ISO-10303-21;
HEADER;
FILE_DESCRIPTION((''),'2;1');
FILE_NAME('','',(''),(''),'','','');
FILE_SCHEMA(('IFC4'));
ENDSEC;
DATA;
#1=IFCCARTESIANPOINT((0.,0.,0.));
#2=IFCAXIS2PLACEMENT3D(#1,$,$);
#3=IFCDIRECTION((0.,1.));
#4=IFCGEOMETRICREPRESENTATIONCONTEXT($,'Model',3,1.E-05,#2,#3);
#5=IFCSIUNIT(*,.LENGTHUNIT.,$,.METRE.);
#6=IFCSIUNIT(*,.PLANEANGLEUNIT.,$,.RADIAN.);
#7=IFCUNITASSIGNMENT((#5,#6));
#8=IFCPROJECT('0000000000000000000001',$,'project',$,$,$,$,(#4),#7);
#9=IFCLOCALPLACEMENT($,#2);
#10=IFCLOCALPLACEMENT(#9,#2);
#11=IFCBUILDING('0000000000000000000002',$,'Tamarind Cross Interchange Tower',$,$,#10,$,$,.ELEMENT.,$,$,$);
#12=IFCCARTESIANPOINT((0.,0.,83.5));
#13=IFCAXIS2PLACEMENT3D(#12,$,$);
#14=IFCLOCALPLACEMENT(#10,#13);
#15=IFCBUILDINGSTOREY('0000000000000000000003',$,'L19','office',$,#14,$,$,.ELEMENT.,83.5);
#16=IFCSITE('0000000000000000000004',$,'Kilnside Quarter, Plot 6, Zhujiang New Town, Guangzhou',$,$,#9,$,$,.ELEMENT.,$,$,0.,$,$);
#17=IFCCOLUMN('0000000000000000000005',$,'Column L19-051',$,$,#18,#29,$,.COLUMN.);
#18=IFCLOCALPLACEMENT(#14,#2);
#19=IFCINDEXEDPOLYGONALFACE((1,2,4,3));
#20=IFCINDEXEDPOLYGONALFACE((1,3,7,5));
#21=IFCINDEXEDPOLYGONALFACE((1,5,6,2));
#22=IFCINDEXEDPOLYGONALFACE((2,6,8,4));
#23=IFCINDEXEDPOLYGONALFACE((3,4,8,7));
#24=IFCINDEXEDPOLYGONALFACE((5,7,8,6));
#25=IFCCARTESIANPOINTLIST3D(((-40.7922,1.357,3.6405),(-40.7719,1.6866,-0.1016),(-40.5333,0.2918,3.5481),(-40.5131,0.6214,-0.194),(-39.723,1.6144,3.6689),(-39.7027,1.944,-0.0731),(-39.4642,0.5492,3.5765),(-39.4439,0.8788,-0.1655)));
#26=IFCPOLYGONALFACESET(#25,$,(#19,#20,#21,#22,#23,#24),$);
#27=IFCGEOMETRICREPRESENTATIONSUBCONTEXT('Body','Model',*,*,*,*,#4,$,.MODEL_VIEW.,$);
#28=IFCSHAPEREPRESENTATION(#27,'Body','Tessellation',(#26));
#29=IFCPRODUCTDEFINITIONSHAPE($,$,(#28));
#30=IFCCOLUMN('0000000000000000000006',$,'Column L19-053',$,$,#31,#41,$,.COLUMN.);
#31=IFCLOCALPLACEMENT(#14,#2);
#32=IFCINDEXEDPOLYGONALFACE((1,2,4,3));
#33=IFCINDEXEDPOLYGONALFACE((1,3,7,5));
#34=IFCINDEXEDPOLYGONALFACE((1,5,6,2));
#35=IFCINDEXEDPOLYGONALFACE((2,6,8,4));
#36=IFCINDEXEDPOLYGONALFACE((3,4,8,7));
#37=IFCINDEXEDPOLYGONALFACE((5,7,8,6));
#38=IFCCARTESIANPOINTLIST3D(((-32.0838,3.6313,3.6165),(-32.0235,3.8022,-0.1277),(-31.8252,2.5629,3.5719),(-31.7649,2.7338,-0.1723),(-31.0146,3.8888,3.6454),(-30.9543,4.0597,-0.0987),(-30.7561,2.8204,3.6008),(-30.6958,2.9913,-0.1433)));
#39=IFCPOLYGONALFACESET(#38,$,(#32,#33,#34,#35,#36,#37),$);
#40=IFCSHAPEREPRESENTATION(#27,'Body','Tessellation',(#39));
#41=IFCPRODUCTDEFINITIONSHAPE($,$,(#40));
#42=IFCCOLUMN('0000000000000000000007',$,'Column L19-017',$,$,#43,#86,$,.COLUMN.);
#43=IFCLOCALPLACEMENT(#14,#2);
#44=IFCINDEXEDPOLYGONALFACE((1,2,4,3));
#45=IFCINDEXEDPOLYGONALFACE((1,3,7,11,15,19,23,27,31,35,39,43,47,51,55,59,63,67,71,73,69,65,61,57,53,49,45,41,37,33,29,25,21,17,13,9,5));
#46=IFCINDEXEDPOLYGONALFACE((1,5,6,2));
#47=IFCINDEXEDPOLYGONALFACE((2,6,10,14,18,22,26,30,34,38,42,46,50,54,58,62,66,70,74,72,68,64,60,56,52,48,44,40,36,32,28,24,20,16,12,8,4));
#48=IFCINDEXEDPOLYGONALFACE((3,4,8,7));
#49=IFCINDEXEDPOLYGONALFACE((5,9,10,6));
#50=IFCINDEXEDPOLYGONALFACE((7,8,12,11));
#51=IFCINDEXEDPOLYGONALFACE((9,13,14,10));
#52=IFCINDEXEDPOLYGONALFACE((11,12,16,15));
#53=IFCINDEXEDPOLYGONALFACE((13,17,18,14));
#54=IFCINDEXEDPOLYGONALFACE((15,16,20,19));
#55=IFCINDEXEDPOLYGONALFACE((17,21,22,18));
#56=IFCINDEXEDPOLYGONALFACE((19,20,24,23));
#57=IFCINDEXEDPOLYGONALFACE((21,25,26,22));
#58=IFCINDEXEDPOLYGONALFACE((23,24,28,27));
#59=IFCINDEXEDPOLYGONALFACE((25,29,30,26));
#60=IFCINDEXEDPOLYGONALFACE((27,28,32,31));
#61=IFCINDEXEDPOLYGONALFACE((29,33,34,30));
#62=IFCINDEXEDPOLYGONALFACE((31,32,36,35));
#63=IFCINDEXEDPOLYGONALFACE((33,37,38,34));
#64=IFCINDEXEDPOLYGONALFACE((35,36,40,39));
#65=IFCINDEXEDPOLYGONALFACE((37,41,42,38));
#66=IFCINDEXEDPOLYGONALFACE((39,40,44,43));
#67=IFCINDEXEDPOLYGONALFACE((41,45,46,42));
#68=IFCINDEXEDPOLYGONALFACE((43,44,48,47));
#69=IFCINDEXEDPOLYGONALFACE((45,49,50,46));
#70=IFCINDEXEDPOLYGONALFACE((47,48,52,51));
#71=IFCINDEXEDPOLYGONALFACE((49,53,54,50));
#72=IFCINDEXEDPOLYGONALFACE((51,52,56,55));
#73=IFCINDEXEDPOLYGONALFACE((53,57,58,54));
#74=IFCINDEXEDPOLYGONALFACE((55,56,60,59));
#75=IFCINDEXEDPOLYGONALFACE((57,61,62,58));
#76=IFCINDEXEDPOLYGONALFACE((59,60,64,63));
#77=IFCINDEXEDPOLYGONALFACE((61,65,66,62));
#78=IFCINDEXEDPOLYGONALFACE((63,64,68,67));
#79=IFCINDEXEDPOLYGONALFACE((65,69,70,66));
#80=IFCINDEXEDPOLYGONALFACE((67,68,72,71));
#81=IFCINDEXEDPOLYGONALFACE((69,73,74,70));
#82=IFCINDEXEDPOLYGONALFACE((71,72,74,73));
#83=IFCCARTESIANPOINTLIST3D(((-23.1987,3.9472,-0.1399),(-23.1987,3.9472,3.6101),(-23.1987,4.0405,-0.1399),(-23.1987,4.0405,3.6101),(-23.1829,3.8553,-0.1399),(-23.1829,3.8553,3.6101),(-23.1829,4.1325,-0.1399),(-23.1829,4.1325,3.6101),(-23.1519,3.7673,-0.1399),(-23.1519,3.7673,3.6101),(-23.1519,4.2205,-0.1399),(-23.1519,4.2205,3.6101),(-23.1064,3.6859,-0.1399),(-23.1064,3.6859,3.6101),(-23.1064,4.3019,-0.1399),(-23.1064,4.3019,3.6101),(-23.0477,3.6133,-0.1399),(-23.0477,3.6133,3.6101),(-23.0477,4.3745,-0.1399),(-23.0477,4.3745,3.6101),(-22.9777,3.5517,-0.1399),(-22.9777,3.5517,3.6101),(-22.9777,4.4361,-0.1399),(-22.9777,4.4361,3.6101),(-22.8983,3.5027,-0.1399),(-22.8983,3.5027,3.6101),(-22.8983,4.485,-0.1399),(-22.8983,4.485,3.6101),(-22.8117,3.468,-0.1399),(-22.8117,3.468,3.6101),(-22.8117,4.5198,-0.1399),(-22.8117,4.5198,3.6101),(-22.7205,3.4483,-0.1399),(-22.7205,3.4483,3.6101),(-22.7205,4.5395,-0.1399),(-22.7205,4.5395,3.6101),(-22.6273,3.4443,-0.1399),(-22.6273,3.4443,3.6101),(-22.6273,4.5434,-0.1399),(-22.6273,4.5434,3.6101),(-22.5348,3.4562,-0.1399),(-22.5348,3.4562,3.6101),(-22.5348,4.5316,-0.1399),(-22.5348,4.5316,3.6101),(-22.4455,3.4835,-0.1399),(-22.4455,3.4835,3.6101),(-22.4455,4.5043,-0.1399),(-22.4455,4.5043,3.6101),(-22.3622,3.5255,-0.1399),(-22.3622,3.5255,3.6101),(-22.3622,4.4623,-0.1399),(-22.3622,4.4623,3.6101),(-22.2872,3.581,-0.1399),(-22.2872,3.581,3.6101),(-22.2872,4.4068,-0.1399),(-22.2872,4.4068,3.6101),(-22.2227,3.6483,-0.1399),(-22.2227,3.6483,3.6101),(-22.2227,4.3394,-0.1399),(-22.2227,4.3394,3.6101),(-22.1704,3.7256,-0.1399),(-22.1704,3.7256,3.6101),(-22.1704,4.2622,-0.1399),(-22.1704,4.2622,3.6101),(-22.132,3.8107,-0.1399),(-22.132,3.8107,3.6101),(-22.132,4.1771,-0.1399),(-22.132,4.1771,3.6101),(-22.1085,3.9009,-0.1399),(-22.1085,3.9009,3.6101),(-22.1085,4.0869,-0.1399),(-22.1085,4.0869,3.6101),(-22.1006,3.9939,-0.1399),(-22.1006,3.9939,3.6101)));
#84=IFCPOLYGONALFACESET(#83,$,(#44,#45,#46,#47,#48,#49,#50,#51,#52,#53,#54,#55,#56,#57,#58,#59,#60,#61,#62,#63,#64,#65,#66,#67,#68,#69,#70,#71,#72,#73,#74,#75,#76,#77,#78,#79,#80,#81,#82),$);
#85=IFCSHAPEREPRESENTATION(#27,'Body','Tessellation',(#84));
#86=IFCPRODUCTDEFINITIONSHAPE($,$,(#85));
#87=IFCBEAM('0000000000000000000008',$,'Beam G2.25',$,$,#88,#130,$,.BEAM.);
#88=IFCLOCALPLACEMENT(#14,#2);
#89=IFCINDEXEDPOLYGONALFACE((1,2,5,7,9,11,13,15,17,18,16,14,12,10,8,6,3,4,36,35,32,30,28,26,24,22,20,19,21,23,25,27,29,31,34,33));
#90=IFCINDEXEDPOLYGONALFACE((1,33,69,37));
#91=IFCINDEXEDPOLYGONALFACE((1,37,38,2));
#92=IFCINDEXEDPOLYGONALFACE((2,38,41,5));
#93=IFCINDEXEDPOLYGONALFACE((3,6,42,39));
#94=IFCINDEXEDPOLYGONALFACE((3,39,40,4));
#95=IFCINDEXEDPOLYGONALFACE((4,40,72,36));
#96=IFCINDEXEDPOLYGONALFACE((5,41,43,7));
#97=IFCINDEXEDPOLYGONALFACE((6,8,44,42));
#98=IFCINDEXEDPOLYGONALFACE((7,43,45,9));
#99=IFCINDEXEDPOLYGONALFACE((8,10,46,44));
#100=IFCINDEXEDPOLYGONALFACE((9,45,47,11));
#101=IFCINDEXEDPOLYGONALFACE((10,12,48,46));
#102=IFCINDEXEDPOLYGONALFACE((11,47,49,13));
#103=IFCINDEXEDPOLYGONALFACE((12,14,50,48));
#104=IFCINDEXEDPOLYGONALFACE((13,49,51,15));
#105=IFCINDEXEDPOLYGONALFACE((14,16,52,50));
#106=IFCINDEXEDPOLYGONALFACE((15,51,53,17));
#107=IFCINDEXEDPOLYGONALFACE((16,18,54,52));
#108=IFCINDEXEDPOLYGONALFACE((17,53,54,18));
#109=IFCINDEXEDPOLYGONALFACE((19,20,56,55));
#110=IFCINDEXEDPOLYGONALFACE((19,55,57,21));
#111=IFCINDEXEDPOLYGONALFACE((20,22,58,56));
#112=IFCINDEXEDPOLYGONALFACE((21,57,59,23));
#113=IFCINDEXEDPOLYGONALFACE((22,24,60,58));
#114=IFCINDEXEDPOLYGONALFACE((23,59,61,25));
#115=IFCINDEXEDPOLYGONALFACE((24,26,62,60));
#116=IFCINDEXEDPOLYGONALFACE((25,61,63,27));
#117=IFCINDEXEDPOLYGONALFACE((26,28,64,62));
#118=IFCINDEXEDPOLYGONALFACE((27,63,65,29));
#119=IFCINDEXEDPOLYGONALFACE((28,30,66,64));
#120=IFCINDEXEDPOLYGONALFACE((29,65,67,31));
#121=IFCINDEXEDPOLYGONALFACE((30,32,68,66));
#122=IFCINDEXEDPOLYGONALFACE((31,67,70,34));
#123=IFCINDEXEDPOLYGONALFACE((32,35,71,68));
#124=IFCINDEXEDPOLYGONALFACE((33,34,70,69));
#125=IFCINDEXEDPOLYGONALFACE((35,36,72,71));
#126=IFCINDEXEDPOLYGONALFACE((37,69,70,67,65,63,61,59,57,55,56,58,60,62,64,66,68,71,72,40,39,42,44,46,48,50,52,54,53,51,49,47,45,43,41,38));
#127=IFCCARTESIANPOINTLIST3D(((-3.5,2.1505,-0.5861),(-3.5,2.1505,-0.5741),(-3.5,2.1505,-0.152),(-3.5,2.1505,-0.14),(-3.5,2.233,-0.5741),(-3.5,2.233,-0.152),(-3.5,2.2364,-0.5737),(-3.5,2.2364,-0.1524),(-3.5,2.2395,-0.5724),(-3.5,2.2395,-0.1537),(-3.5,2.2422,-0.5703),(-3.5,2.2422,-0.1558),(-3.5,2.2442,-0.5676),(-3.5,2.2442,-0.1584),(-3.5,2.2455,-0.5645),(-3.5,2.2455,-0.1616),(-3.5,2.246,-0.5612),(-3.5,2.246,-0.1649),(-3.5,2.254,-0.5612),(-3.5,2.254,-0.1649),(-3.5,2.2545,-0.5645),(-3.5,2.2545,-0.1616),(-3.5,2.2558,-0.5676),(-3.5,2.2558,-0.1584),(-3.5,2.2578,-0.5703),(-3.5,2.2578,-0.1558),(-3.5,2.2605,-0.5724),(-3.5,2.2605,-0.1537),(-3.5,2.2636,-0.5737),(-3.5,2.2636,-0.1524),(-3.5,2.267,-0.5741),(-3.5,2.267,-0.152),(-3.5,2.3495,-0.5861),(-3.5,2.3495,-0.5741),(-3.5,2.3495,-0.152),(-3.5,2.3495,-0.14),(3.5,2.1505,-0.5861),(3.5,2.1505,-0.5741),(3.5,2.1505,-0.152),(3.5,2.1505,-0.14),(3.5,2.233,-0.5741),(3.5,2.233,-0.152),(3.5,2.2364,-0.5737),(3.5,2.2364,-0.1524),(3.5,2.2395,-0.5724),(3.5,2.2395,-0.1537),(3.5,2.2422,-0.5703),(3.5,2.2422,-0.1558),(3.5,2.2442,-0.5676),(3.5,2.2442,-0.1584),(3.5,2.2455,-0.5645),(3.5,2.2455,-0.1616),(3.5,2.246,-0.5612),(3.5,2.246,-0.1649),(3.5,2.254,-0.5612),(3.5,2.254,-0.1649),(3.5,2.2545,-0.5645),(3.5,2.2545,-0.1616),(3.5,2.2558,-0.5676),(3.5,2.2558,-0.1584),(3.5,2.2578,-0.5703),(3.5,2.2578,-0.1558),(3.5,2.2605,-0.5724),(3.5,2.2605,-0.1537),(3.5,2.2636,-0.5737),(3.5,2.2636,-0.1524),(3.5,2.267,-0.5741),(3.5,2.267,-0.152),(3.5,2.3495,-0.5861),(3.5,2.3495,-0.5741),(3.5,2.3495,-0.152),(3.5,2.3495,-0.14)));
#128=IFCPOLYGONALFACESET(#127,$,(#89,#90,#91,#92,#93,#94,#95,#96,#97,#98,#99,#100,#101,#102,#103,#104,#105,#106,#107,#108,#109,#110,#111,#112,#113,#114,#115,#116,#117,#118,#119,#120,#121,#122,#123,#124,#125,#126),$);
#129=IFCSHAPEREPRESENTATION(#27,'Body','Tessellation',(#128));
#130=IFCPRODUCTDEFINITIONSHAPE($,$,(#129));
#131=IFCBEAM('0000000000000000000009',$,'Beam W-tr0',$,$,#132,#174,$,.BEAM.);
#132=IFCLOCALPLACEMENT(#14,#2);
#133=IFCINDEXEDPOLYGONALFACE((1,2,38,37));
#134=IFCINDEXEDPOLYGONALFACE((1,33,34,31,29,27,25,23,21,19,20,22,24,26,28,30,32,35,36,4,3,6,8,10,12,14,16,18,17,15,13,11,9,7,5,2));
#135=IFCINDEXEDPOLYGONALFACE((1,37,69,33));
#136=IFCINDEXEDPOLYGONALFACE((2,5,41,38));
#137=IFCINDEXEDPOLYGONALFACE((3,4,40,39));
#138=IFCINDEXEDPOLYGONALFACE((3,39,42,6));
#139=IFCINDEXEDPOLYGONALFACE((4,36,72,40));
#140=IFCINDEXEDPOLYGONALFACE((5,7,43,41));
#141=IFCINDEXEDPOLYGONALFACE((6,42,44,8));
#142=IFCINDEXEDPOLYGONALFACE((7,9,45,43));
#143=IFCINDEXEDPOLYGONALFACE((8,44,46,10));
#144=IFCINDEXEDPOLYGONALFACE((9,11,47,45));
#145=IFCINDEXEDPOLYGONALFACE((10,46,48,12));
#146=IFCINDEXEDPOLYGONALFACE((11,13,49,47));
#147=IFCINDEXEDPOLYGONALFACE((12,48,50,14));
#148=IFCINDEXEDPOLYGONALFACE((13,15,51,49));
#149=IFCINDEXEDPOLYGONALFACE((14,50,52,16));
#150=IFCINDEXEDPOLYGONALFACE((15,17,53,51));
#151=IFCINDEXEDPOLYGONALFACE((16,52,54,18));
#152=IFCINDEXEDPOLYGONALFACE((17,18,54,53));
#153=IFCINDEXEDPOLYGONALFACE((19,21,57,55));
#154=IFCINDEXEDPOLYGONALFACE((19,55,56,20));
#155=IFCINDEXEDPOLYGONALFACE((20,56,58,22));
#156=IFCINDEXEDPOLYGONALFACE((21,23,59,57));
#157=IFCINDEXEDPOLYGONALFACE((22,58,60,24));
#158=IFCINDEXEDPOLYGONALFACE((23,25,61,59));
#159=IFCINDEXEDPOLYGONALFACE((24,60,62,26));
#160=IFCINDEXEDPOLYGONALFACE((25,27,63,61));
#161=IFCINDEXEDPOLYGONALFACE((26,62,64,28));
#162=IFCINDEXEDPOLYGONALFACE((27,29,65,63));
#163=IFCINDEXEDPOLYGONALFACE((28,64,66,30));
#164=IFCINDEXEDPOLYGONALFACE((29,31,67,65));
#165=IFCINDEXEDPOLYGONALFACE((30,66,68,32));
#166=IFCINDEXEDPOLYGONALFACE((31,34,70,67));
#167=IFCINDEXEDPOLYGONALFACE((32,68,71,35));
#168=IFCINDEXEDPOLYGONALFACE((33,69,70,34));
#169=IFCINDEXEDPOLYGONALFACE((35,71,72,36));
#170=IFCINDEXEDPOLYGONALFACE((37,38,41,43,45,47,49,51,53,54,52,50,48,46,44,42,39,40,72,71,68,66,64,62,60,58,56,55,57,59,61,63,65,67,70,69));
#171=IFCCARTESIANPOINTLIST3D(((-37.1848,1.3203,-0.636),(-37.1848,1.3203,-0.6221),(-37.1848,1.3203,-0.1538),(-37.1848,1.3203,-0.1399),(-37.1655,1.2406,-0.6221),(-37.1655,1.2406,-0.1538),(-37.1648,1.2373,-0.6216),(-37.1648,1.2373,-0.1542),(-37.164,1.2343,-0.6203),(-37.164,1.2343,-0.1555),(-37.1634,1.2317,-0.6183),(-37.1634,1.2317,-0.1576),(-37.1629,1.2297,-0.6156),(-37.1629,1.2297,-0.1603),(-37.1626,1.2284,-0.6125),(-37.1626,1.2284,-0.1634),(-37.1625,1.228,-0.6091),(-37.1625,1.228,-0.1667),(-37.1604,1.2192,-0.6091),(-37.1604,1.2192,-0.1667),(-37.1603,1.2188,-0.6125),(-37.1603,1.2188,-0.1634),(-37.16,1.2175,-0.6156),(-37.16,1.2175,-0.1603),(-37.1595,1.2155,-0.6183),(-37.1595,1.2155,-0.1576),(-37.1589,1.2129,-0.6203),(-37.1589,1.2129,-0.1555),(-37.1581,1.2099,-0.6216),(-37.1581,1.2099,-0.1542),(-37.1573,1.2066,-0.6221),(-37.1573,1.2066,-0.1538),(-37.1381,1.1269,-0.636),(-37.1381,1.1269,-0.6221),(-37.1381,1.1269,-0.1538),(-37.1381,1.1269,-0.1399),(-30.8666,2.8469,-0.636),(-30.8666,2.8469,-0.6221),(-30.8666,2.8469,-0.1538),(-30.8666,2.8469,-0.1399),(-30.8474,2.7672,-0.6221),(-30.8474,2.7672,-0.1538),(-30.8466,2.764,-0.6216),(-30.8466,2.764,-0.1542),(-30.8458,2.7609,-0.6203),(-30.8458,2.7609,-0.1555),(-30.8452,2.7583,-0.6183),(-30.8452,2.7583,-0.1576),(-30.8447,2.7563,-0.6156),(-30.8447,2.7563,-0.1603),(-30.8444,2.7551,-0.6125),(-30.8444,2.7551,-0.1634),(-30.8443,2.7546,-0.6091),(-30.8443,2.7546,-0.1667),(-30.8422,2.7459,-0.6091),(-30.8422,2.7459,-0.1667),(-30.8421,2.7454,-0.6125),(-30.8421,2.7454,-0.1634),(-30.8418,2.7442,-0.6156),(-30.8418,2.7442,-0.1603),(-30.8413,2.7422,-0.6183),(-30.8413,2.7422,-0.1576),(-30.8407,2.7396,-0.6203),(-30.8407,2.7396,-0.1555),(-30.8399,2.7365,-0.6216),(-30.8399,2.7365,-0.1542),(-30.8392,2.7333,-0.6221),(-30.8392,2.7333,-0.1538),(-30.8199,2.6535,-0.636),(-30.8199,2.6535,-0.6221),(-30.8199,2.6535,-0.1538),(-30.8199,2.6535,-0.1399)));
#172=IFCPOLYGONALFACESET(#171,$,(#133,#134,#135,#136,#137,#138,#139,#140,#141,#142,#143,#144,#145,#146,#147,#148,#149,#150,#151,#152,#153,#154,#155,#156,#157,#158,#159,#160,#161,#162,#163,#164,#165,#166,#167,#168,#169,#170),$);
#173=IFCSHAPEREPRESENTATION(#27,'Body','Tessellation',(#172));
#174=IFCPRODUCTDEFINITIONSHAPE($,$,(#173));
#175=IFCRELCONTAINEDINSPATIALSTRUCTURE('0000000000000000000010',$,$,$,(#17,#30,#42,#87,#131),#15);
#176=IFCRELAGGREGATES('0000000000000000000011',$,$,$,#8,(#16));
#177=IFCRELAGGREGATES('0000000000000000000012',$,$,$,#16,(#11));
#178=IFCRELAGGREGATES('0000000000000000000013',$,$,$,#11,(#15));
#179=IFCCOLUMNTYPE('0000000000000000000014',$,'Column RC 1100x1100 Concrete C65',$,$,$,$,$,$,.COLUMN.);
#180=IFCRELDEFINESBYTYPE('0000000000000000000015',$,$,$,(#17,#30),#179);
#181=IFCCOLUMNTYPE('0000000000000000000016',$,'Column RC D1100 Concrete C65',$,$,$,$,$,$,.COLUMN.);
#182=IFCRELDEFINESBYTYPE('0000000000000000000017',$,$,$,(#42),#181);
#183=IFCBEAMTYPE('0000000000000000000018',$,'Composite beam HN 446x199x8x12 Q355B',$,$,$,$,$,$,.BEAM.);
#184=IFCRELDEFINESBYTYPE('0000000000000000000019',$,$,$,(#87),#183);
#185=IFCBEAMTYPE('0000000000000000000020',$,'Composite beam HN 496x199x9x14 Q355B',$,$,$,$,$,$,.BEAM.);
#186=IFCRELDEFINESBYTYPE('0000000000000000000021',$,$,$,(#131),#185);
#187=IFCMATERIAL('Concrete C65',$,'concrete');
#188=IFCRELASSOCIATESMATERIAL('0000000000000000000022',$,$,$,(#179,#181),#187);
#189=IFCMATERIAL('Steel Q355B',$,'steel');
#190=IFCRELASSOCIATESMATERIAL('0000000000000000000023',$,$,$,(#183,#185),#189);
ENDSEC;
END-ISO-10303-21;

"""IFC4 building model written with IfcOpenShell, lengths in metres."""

from ifc_helpers import new_model, si_unit, direction, frame, origin, origin_2d, place, context, subcontext, project, spatial, rectangle, circle, i_section, extrude, material, material_profile, profile_set, type_object, element, save


model = new_model("IFC4")

# Units and contexts
model_context = context("Model", 3, precision=1e-05, world=origin(), true_north=direction((0.0, 1.0)))
body_context = subcontext(model_context, "Body", "Model", "MODEL_VIEW")
ifc_project = project(units=[si_unit("LENGTHUNIT", "METRE"), si_unit("PLANEANGLEUNIT", "RADIAN")], contexts=[model_context])

# Site, building, storey
site_placement = place(None, origin())
site = spatial("IfcSite", under=ifc_project, at=site_placement, Name="Kilnside Quarter, Plot 6, Zhujiang New Town, Guangzhou", CompositionType="ELEMENT", RefElevation=0.0)
building_placement = place(site_placement, origin())
building = spatial("IfcBuilding", under=site, at=building_placement, Name="Tamarind Cross Interchange Tower", CompositionType="ELEMENT")
storey_placement = place(building_placement, frame((0.0, 0.0, 83.5)))
storey = spatial("IfcBuildingStorey", under=building, at=storey_placement, Name="L19", Description="office", CompositionType="ELEMENT", Elevation=83.5)

# Columns
ifc_material_1 = material(Name="Concrete C65", Category="concrete")
ifc_material_profile_1 = material_profile(ifc_material_1, rectangle(XDim=1.1001, YDim=1.1001, at=origin_2d()), Name="RC 1100x1100")
ifc_profile_set_1 = profile_set([ifc_material_profile_1], Name="Concrete C65")
column_type_1 = type_object("IfcColumnType", Name="Column RC 1100x1100 Concrete C65", PredefinedType="COLUMN", material=ifc_profile_set_1)
column_1_placement = place(storey_placement, frame((-40.1079, 1.2827, -0.1335), z_axis=(-0.005394, -0.087739, 0.996129), x_axis=(0.971908, 0.233935, 0.025868)))
element("IfcColumn", 1, at=column_1_placement, inside=storey, type_object=column_type_1, Name="Column L19-051", PredefinedType="COLUMN", context=body_context, shape_type="SweptSolid", body=[
    extrude(rectangle(XDim=1.1001, YDim=1.1001, at=origin_2d()), origin(), (0.0, 0.0, 1.0), 3.7566),
])
column_2_placement = place(storey_placement, frame((-31.3596, 3.3967, -0.1355), z_axis=(-0.016087, -0.045591, 0.998831), x_axis=(0.971863, 0.234072, 0.026337)))
element("IfcColumn", 2, at=column_2_placement, inside=storey, type_object=column_type_1, Name="Column L19-053", PredefinedType="COLUMN", context=body_context, shape_type="SweptSolid", body=[
    extrude(rectangle(XDim=1.1001, YDim=1.1001, at=origin_2d()), origin(), (0.0, 0.0, 1.0), 3.7485),
])
ifc_material_profile_2 = material_profile(ifc_material_1, circle(Radius=0.55, at=origin_2d()), Name="RC D1100")
ifc_profile_set_2 = profile_set([ifc_material_profile_2], Name="Concrete C65")
column_type_2 = type_object("IfcColumnType", Name="Column RC D1100 Concrete C65", PredefinedType="COLUMN", material=ifc_profile_set_2)
column_3_placement = place(storey_placement, frame((-22.6506, 3.9939, -0.1399), z_axis=(0.0, 0.0, 1.0), x_axis=(1.0, 0.0, 0.0)))
element("IfcColumn", 3, at=column_3_placement, inside=storey, type_object=column_type_2, Name="Column L19-017", PredefinedType="COLUMN", context=body_context, shape_type="SweptSolid", body=[
    extrude(circle(Radius=0.55, at=origin_2d()), origin(), (0.0, 0.0, 1.0), 3.75),
])

# Beams
ifc_material_2 = material(Name="Steel Q355B", Category="steel")
ifc_material_profile_3 = material_profile(ifc_material_2, i_section(OverallWidth=0.199, OverallDepth=0.446, WebThickness=0.0081, FlangeThickness=0.012, FilletRadius=0.0129, at=origin_2d()), Name="HN 446x199x8x12")
ifc_profile_set_3 = profile_set([ifc_material_profile_3], Name="Steel Q355B")
beam_type_1 = type_object("IfcBeamType", Name="Composite beam HN 446x199x8x12 Q355B", PredefinedType="BEAM", material=ifc_profile_set_3)
beam_1_placement = place(storey_placement, frame((-3.5, 2.25, -0.363), z_axis=(1.0, 0.0, 0.0), x_axis=(0.0, 1.0, 0.0)))
element("IfcBeam", 4, at=beam_1_placement, inside=storey, type_object=beam_type_1, Name="Beam G2.25", PredefinedType="BEAM", context=body_context, shape_type="SweptSolid", body=[
    extrude(i_section(OverallWidth=0.199, OverallDepth=0.446, WebThickness=0.0081, FlangeThickness=0.012, FilletRadius=0.0129, at=origin_2d()), origin(), (0.0, 0.0, 1.0), 7.0),
])
ifc_material_profile_4 = material_profile(ifc_material_2, i_section(OverallWidth=0.199, OverallDepth=0.4961, WebThickness=0.009, FlangeThickness=0.0139, FilletRadius=0.0129, at=origin_2d()), Name="HN 496x199x9x14")
ifc_profile_set_4 = profile_set([ifc_material_profile_4], Name="Steel Q355B")
beam_type_2 = type_object("IfcBeamType", Name="Composite beam HN 496x199x9x14 Q355B", PredefinedType="BEAM", material=ifc_profile_set_4)
beam_2_placement = place(storey_placement, frame((-30.8433, 2.7502, -0.3879), z_axis=(-0.972028, -0.234866, 0.0), x_axis=(0.234866, -0.972028, 0.0)))
element("IfcBeam", 5, at=beam_2_placement, inside=storey, type_object=beam_type_2, Name="Beam W-tr0", PredefinedType="BEAM", context=body_context, shape_type="SweptSolid", body=[
    extrude(i_section(OverallWidth=0.199, OverallDepth=0.4961, WebThickness=0.009, FlangeThickness=0.0139, FilletRadius=0.0129, at=origin_2d()), origin(), (0.0, 0.0, 1.0), 6.5),
])

save(model, "model.ifc")
